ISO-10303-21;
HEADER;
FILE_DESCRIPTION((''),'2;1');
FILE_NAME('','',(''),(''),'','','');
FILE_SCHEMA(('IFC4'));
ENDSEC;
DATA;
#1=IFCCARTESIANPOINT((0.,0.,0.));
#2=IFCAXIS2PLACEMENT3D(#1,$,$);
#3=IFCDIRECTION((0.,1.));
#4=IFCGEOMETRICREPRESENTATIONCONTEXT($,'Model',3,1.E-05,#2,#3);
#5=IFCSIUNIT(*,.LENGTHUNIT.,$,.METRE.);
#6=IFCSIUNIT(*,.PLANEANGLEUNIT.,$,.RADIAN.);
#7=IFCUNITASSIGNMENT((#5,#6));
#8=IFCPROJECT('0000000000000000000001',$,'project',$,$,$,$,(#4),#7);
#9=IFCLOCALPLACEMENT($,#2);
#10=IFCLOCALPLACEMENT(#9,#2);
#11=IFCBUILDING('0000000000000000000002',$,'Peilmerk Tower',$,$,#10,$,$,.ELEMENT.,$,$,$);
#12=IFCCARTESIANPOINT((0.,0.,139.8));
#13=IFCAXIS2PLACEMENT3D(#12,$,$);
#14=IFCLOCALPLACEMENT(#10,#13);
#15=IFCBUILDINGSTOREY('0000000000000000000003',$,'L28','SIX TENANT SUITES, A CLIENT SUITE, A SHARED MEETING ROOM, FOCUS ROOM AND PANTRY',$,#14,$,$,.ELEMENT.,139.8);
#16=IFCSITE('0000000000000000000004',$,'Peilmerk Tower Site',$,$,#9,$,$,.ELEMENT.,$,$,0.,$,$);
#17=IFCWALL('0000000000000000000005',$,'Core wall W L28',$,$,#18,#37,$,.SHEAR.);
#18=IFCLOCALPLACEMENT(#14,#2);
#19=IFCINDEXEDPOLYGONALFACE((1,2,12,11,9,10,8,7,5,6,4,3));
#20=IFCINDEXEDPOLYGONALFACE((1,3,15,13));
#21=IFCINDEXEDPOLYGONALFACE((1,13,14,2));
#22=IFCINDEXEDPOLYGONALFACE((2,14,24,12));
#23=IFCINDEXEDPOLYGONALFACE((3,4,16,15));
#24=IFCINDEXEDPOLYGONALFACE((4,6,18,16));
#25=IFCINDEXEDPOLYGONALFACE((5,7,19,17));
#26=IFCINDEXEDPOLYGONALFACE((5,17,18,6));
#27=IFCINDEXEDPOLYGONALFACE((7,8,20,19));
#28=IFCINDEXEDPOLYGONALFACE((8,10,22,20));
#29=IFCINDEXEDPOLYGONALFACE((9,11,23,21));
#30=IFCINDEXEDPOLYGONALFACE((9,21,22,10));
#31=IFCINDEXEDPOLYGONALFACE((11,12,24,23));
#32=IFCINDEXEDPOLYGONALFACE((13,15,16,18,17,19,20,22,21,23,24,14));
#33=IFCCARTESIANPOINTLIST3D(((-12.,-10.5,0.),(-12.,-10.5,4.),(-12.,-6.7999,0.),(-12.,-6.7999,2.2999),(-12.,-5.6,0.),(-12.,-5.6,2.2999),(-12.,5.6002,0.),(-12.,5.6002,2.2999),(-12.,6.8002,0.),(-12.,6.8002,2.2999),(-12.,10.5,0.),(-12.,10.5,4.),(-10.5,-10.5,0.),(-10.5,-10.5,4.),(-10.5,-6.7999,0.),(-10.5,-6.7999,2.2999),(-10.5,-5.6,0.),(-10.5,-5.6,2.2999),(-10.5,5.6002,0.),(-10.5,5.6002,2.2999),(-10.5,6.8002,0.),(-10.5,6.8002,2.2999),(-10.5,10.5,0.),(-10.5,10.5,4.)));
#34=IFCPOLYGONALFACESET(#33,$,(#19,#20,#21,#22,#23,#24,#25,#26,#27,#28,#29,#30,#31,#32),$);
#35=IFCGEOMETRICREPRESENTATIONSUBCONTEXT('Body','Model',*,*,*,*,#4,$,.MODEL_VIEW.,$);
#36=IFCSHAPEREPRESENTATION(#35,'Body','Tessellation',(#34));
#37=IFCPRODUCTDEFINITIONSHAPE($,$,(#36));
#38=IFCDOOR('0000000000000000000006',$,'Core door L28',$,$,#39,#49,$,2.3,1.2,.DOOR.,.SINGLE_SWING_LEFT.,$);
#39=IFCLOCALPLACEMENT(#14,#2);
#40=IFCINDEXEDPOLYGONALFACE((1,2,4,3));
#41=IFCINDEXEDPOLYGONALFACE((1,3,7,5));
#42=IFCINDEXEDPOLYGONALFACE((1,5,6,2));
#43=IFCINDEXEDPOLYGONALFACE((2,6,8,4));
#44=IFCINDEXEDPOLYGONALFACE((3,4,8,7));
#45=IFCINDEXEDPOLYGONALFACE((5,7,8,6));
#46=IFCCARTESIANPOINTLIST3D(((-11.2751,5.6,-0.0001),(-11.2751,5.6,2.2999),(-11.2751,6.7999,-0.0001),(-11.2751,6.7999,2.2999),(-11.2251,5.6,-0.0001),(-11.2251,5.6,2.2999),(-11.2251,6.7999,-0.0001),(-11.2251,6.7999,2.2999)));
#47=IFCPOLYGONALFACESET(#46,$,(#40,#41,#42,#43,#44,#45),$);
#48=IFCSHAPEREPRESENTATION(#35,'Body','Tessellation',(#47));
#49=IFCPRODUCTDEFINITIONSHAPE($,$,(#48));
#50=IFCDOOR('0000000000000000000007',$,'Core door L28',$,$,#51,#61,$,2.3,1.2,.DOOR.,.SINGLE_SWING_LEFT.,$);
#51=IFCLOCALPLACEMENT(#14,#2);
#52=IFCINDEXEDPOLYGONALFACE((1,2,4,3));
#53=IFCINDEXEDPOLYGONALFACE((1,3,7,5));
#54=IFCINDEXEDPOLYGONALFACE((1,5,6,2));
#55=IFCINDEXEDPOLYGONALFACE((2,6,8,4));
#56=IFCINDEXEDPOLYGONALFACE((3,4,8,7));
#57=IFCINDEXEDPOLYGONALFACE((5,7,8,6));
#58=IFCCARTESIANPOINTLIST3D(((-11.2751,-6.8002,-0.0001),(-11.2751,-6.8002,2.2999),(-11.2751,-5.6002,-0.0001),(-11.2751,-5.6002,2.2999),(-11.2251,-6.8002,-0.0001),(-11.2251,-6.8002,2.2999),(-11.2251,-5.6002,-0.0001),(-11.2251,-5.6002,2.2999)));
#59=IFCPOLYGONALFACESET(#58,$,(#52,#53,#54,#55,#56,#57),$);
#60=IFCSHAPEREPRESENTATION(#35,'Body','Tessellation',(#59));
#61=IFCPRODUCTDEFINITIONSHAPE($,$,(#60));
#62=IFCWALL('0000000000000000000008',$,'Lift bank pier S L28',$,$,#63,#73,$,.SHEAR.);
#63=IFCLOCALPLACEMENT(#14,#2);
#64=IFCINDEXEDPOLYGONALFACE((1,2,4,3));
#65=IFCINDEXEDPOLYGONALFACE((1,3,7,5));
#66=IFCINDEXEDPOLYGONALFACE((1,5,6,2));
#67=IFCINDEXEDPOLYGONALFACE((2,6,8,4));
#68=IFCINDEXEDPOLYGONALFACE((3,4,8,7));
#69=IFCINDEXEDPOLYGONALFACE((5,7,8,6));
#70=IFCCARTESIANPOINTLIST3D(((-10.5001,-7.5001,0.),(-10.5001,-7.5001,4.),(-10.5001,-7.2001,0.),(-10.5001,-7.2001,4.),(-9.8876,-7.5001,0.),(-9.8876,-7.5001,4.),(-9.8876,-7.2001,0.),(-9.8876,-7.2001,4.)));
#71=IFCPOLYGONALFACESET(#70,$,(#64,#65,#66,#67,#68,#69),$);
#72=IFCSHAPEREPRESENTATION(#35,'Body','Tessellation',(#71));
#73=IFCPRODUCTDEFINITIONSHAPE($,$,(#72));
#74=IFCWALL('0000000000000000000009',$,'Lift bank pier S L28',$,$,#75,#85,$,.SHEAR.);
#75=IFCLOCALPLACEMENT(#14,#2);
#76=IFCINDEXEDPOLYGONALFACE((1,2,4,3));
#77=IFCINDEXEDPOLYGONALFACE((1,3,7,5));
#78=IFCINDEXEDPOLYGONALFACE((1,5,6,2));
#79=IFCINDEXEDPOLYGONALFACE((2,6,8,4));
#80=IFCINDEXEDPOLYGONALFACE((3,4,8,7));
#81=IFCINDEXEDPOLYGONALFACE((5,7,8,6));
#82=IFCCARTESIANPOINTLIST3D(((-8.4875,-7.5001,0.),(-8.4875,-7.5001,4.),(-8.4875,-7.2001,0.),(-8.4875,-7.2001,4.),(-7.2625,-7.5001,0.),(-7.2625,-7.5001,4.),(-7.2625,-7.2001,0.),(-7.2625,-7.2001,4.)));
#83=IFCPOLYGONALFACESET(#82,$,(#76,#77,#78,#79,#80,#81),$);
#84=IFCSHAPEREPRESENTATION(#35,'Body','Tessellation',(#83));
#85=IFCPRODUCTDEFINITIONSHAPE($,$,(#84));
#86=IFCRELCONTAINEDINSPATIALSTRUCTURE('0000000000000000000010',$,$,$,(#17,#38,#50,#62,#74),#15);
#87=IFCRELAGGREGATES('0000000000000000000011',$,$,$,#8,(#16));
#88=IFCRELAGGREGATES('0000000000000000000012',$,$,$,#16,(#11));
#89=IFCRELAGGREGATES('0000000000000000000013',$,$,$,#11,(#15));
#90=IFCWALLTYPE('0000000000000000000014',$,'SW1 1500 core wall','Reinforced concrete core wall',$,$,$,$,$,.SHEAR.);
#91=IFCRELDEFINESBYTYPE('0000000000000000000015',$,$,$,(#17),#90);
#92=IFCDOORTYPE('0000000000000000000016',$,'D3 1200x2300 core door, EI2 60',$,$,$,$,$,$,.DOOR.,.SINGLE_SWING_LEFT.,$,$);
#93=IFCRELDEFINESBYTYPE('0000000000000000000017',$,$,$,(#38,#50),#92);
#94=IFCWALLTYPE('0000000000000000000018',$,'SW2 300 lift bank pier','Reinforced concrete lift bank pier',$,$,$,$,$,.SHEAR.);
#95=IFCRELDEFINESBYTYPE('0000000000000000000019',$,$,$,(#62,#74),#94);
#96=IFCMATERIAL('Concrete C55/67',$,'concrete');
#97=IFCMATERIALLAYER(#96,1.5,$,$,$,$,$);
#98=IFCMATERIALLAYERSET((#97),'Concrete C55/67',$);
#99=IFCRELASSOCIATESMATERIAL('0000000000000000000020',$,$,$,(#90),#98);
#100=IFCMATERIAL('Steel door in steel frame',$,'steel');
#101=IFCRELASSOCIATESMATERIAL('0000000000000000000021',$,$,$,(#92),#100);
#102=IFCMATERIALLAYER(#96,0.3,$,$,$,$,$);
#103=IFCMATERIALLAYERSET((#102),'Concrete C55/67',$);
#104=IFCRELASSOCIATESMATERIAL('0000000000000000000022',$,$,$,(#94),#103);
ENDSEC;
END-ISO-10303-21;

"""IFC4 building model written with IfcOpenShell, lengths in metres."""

from ifc_helpers import new_model, si_unit, direction, frame, frame_2d, origin, place, context, subcontext, project, spatial, rectangle, extrude, material, layer, layer_set, type_object, element, fill, save


model = new_model("IFC4")

# Units and contexts
model_context = context("Model", 3, precision=1e-05, world=origin(), true_north=direction((0.0, 1.0)))
body_context = subcontext(model_context, "Body", "Model", "MODEL_VIEW")
ifc_project = project(units=[si_unit("LENGTHUNIT", "METRE"), si_unit("PLANEANGLEUNIT", "RADIAN")], contexts=[model_context])

# Site, building, storey
site_placement = place(None, origin())
site = spatial("IfcSite", under=ifc_project, at=site_placement, Name="Peilmerk Tower Site", CompositionType="ELEMENT", RefElevation=0.0)
building_placement = place(site_placement, origin())
building = spatial("IfcBuilding", under=site, at=building_placement, Name="Peilmerk Tower", CompositionType="ELEMENT")
storey_placement = place(building_placement, frame((0.0, 0.0, 139.8)))
storey = spatial("IfcBuildingStorey", under=building, at=storey_placement, Name="L28", Description="SIX TENANT SUITES, A CLIENT SUITE, A SHARED MEETING ROOM, FOCUS ROOM AND PANTRY", CompositionType="ELEMENT", Elevation=139.8)

# Wall, openings, doors
ifc_material_1 = material(Name="Concrete C55/67", Category="concrete")
ifc_layer_1 = layer(ifc_material_1, 1.5)
ifc_layer_set_1 = layer_set([ifc_layer_1], Name="Concrete C55/67")
wall_type_1 = type_object("IfcWallType", Name="SW1 1500 core wall", Description="Reinforced concrete core wall", PredefinedType="SHEAR", material=ifc_layer_set_1)
wall_1_placement = place(storey_placement, frame((-11.25, -10.5, 0.0), z_axis=(0.0, 0.0, 1.0), x_axis=(0.0, 1.0, 0.0)))
wall_1 = element("IfcWall", 1, at=wall_1_placement, inside=storey, type_object=wall_type_1, Name="Core wall W L28", PredefinedType="SHEAR", context=body_context, shape_type="SweptSolid", body=[
    extrude(rectangle(XDim=21.0, YDim=1.5, at=frame_2d((10.5, 0.0))), origin(), (0.0, 0.0, 1.0), 4.0),
])
opening_1_placement = place(wall_1_placement, frame((16.1001, 0.0, 0.0)))
opening_1 = element("IfcOpeningElement", 2, at=opening_1_placement, cuts=wall_1, PredefinedType="OPENING", context=body_context, shape_type="SweptSolid", body=[
    extrude(rectangle(XDim=1.2, YDim=2.3, at=frame_2d((0.6001, 1.1499))), frame((0.0, 0.76, 0.0), z_axis=(0.0, -1.0, 0.0), x_axis=(1.0, 0.0, 0.0)), (0.0, 0.0, 1.0), 1.52),
])
opening_2_placement = place(wall_1_placement, frame((3.7, 0.0, 0.0)))
opening_2 = element("IfcOpeningElement", 3, at=opening_2_placement, cuts=wall_1, PredefinedType="OPENING", context=body_context, shape_type="SweptSolid", body=[
    extrude(rectangle(XDim=1.2, YDim=2.3, at=frame_2d((0.6001, 1.1499))), frame((0.0, 0.76, 0.0), z_axis=(0.0, -1.0, 0.0), x_axis=(1.0, 0.0, 0.0)), (0.0, 0.0, 1.0), 1.52),
])
ifc_material_2 = material(Name="Steel door in steel frame", Category="steel")
door_type = type_object("IfcDoorType", Name="D3 1200x2300 core door, EI2 60", OperationType="SINGLE_SWING_LEFT", PredefinedType="DOOR", material=ifc_material_2)
door_1_placement = place(opening_1_placement, frame((1.2, 0.0, 0.0), z_axis=(0.0, 0.0, 1.0), x_axis=(-1.0, 0.0, 0.0)))
door_1 = element("IfcDoor", 4, at=door_1_placement, inside=storey, type_object=door_type, Name="Core door L28", OperationType="SINGLE_SWING_LEFT", OverallHeight=2.3, OverallWidth=1.2, PredefinedType="DOOR", context=body_context, shape_type="SweptSolid", body=[
    extrude(rectangle(XDim=1.2, YDim=2.3, at=frame_2d((0.6001, 1.1499))), frame((0.0, 0.0249, 0.0), z_axis=(0.0, -1.0, 0.0), x_axis=(1.0, 0.0, 0.0)), (0.0, 0.0, 1.0), 0.05),
])
fill(opening_1, door_1)
door_2_placement = place(opening_2_placement, frame((1.2, 0.0, 0.0), z_axis=(0.0, 0.0, 1.0), x_axis=(-1.0, 0.0, 0.0)))
door_2 = element("IfcDoor", 5, at=door_2_placement, inside=storey, type_object=door_type, Name="Core door L28", OperationType="SINGLE_SWING_LEFT", OverallHeight=2.3, OverallWidth=1.2, PredefinedType="DOOR", context=body_context, shape_type="SweptSolid", body=[
    extrude(rectangle(XDim=1.2, YDim=2.3, at=frame_2d((0.6001, 1.1499))), frame((0.0, 0.0249, 0.0), z_axis=(0.0, -1.0, 0.0), x_axis=(1.0, 0.0, 0.0)), (0.0, 0.0, 1.0), 0.05),
])
fill(opening_2, door_2)

# Walls
ifc_layer_2 = layer(ifc_material_1, 0.3)
ifc_layer_set_2 = layer_set([ifc_layer_2], Name="Concrete C55/67")
wall_type_2 = type_object("IfcWallType", Name="SW2 300 lift bank pier", Description="Reinforced concrete lift bank pier", PredefinedType="SHEAR", material=ifc_layer_set_2)
wall_2_placement = place(storey_placement, frame((-10.5, -7.3501, 0.0), z_axis=(0.0, 0.0, 1.0), x_axis=(1.0, 0.0, 0.0)))
element("IfcWall", 6, at=wall_2_placement, inside=storey, type_object=wall_type_2, Name="Lift bank pier S L28", PredefinedType="SHEAR", context=body_context, shape_type="SweptSolid", body=[
    extrude(rectangle(XDim=0.6125, YDim=0.3, at=frame_2d((0.3062, 0.0))), origin(), (0.0, 0.0, 1.0), 4.0),
])
wall_3_placement = place(storey_placement, frame((-8.4875, -7.3501, 0.0), z_axis=(0.0, 0.0, 1.0), x_axis=(1.0, 0.0, 0.0)))
element("IfcWall", 7, at=wall_3_placement, inside=storey, type_object=wall_type_2, Name="Lift bank pier S L28", PredefinedType="SHEAR", context=body_context, shape_type="SweptSolid", body=[
    extrude(rectangle(XDim=1.2251, YDim=0.3, at=frame_2d((0.6125, 0.0))), origin(), (0.0, 0.0, 1.0), 4.0),
])

save(model, "model.ifc")
